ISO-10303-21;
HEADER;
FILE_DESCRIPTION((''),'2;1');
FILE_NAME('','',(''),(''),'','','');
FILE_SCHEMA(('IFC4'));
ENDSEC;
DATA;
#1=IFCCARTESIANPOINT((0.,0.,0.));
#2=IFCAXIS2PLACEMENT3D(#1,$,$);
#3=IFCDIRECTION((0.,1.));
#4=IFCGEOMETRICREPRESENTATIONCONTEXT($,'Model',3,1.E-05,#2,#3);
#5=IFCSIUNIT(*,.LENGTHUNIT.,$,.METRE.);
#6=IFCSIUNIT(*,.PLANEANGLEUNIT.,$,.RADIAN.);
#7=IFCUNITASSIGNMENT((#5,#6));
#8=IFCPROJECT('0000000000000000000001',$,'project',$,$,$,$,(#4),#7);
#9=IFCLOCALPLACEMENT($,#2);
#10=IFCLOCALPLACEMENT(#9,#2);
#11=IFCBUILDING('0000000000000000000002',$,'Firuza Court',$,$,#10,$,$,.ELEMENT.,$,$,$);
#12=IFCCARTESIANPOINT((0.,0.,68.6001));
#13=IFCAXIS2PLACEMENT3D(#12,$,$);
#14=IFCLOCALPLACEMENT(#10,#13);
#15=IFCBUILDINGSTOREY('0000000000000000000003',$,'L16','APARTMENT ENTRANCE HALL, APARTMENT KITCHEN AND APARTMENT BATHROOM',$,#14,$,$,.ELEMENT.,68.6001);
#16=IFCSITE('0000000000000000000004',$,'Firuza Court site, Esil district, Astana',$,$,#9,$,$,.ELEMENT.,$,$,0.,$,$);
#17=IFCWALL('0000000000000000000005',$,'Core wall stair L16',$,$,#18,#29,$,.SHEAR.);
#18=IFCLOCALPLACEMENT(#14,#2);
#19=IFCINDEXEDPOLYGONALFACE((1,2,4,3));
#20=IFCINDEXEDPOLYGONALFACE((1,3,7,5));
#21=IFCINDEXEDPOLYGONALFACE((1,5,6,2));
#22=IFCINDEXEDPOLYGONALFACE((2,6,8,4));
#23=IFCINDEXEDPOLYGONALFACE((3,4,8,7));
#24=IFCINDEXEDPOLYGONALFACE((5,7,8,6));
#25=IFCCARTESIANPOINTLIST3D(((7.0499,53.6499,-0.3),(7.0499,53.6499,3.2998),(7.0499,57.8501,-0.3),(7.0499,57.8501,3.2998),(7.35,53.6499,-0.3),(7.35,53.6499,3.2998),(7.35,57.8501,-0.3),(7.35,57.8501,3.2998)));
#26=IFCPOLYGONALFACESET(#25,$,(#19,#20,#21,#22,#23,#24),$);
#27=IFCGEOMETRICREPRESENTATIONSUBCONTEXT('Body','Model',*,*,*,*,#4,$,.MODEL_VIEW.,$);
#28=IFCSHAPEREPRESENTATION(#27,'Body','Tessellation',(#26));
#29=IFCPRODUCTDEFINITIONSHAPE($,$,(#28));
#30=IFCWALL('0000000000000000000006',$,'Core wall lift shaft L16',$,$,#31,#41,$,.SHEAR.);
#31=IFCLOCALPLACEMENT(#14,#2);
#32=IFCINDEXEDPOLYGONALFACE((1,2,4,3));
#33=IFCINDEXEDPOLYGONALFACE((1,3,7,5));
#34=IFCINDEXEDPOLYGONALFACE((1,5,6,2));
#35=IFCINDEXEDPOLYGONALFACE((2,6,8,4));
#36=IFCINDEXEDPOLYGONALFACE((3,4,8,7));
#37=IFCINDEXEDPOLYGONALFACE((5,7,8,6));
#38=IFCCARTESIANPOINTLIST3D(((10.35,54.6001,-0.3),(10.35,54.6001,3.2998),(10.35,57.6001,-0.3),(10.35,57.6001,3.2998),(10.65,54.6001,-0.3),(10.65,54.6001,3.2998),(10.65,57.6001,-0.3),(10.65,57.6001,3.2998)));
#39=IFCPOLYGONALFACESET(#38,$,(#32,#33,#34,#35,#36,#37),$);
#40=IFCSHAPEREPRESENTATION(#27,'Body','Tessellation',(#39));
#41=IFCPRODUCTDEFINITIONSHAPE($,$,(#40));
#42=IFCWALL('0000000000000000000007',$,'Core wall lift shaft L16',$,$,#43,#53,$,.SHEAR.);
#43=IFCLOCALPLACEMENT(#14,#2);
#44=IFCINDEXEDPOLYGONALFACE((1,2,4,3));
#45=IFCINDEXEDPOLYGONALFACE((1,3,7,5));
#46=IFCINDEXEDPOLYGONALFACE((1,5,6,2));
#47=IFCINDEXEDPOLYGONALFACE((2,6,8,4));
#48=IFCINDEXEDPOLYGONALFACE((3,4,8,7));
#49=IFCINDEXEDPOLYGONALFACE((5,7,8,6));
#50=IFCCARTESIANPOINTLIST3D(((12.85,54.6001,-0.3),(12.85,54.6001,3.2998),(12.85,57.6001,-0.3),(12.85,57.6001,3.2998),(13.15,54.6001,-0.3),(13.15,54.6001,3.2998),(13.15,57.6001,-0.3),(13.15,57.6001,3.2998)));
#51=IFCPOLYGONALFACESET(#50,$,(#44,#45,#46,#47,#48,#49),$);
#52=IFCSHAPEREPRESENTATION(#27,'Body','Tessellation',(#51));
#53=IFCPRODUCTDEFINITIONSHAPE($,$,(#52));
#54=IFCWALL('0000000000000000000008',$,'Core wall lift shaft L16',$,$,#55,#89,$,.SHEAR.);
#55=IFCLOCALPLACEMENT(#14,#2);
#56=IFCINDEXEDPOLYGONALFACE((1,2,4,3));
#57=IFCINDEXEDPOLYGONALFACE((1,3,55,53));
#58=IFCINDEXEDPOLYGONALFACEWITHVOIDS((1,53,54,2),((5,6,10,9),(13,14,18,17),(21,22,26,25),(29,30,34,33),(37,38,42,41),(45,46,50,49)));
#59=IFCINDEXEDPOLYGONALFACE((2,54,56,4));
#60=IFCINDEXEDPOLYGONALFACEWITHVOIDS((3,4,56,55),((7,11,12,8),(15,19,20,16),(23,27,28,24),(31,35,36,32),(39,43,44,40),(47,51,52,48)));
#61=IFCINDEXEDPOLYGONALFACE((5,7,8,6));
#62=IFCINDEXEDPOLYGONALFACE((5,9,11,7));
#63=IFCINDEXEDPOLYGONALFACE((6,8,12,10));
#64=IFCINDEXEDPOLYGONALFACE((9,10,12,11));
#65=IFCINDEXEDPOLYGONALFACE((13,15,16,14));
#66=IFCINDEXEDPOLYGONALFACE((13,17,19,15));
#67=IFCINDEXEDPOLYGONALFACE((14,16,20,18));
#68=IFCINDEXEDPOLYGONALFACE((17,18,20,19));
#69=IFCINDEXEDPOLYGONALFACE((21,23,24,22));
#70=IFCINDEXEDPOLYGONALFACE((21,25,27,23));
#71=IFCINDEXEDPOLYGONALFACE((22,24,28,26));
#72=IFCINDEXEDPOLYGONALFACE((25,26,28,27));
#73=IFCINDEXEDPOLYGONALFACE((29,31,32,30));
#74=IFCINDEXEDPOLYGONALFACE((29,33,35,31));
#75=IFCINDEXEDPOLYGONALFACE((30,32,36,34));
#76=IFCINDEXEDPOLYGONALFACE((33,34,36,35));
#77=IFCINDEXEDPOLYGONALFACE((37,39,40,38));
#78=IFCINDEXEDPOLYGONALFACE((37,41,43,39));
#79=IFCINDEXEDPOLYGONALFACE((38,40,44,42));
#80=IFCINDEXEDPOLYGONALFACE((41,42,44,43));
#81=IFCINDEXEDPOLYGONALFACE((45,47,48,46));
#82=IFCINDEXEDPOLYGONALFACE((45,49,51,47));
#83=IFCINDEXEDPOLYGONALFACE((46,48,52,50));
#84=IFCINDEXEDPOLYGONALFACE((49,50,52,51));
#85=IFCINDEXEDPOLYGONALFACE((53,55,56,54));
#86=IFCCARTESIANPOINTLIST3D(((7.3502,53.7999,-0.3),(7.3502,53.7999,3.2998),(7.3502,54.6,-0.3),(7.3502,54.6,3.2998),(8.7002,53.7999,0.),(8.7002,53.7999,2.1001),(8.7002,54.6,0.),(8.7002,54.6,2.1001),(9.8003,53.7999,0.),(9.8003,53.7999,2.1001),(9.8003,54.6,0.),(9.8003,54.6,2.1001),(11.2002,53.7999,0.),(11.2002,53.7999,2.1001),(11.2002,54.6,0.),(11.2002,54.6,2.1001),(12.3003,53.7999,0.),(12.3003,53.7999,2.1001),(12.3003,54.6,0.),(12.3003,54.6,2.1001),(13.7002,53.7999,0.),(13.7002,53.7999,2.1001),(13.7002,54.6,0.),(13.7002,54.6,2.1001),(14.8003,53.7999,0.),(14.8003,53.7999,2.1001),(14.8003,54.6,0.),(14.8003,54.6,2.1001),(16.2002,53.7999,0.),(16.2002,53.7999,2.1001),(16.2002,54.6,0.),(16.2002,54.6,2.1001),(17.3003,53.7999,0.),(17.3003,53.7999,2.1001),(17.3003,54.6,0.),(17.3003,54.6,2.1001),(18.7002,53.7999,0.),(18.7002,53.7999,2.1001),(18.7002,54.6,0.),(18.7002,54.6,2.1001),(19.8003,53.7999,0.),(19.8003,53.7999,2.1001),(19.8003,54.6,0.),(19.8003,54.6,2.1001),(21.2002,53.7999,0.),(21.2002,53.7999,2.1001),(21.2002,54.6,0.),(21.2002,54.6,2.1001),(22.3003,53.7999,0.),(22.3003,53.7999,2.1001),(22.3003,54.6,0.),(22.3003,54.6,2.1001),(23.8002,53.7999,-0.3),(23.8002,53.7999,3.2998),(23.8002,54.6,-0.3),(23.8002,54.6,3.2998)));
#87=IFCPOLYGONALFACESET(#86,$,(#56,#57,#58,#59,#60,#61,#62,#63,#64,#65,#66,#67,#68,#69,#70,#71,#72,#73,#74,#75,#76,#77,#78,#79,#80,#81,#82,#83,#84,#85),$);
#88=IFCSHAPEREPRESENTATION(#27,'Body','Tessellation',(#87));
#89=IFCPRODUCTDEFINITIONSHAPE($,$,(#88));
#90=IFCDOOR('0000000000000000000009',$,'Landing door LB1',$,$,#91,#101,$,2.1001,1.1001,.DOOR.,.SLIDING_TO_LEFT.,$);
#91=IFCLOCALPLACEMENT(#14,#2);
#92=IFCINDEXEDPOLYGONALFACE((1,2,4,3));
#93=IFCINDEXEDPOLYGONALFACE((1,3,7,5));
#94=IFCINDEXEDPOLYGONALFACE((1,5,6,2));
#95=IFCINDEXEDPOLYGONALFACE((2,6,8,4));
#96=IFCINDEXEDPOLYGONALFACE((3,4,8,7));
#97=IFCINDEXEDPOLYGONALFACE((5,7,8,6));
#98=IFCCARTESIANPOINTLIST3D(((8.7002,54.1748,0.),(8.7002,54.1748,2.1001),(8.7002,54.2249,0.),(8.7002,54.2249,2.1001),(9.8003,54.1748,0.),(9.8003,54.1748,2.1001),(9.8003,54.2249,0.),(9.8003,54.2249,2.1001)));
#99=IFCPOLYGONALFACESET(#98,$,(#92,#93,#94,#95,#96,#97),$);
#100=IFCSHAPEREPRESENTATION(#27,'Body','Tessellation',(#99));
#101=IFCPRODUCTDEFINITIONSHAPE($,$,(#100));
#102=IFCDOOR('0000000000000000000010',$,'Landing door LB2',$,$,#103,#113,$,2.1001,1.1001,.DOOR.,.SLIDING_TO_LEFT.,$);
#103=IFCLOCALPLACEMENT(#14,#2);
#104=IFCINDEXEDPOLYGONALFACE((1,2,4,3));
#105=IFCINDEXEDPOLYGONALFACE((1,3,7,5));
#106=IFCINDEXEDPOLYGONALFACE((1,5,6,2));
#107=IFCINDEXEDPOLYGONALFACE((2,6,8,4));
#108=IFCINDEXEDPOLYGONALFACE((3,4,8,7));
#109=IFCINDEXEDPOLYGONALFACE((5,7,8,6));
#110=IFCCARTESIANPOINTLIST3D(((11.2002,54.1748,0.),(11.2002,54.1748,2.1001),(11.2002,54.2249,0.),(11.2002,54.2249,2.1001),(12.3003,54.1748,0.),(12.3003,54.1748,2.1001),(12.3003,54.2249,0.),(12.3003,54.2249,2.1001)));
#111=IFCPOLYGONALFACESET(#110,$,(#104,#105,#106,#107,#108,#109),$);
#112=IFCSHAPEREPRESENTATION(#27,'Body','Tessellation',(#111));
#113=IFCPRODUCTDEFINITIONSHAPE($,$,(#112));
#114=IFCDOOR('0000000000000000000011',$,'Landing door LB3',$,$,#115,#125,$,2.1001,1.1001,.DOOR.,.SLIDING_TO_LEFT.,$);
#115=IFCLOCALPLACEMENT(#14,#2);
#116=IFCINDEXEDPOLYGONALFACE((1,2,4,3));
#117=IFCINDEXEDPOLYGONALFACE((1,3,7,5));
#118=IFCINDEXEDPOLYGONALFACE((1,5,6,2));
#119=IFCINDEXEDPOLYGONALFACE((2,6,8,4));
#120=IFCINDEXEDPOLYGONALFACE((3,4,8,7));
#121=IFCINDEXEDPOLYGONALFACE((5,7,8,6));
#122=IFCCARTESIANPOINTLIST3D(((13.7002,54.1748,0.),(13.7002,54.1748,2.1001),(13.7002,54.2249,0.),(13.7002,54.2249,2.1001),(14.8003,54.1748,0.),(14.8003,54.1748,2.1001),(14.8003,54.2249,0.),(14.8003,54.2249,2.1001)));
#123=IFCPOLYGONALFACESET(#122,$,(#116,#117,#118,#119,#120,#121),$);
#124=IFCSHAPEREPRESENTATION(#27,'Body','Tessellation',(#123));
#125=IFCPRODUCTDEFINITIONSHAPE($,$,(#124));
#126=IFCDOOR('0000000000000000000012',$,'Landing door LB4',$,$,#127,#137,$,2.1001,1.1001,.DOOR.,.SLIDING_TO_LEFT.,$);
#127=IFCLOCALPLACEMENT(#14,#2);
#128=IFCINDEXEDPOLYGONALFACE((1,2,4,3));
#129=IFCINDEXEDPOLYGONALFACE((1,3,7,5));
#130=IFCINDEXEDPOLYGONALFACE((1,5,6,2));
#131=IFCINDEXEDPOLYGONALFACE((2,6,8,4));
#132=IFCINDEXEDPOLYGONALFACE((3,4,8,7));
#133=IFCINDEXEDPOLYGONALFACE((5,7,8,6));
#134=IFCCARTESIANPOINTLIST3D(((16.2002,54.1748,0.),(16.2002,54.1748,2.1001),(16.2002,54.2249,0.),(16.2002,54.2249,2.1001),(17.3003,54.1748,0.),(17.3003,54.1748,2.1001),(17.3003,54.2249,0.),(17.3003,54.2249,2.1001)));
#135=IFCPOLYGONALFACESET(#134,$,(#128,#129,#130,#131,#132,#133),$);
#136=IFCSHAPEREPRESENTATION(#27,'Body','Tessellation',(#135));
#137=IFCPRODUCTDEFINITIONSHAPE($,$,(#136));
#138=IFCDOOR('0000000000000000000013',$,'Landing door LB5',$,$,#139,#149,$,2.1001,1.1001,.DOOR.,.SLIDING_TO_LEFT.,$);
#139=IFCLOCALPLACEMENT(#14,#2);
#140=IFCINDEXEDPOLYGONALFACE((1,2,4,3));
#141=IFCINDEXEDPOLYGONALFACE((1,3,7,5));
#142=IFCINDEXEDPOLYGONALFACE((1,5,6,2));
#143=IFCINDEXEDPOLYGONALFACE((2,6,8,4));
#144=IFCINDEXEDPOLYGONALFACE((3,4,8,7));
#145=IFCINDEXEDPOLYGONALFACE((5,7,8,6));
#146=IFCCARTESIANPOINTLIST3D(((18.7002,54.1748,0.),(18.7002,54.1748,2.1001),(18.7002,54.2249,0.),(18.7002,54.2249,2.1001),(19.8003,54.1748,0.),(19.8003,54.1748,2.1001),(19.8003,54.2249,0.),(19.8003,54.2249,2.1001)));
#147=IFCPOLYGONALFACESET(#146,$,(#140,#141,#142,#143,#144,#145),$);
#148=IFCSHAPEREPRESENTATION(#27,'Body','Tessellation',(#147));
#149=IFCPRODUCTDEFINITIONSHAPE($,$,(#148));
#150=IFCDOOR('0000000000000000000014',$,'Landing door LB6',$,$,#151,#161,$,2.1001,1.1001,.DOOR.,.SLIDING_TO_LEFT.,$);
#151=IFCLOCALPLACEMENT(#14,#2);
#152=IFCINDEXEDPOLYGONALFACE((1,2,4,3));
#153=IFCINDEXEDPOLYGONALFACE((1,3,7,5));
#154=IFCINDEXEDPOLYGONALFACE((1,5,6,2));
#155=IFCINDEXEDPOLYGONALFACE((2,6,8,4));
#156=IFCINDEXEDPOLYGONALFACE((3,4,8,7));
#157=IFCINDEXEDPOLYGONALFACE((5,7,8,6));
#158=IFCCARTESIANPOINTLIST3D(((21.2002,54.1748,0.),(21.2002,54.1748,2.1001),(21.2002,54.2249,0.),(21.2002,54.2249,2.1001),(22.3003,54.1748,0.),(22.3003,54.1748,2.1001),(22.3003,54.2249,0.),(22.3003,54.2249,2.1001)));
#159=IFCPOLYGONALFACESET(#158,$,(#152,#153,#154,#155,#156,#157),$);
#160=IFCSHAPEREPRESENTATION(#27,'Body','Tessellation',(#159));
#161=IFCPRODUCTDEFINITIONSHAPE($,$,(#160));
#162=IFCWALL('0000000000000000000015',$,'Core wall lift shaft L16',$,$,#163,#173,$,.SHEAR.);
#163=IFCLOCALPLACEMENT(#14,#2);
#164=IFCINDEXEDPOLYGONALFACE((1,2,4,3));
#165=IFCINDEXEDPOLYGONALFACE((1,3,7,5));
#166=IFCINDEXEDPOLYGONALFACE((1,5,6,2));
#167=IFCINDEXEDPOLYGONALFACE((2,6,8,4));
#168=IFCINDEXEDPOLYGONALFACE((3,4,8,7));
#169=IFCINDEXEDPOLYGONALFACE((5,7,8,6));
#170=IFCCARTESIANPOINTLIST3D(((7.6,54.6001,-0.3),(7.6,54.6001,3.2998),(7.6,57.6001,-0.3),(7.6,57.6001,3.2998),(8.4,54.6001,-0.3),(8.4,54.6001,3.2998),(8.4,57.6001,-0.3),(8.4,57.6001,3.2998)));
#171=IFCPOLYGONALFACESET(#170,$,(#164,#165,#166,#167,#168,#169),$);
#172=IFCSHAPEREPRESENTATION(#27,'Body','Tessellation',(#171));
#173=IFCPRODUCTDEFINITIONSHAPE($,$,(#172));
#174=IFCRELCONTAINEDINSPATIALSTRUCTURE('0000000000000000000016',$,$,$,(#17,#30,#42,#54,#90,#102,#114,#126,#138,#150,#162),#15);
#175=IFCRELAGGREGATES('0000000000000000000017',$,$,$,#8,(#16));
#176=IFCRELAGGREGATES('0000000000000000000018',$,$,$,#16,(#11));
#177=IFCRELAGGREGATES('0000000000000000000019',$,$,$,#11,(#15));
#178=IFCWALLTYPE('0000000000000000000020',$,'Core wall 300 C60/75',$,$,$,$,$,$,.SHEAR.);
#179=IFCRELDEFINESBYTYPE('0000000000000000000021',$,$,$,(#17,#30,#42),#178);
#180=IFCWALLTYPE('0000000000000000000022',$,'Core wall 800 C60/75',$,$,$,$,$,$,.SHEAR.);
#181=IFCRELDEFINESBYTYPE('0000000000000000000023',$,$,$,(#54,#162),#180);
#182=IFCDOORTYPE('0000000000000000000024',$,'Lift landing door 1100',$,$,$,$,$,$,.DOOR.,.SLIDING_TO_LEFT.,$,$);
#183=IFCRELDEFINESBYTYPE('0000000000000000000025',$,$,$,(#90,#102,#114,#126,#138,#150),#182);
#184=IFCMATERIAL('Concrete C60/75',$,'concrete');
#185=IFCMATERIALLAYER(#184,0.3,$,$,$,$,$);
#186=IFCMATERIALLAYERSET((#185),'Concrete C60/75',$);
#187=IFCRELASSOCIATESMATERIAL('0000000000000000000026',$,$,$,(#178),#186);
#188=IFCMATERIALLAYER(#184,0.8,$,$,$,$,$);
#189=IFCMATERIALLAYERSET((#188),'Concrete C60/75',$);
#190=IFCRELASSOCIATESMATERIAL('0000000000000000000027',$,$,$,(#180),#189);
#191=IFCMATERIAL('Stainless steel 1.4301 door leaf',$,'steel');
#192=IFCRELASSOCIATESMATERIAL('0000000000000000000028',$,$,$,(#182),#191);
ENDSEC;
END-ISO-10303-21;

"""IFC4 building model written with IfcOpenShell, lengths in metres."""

from ifc_helpers import new_model, si_unit, direction, frame, frame_2d, origin, place, context, subcontext, project, spatial, rectangle, extrude, material, layer, layer_set, type_object, element, fill, save


model = new_model("IFC4")

# Units and contexts
model_context = context("Model", 3, precision=1e-05, world=origin(), true_north=direction((0.0, 1.0)))
body_context = subcontext(model_context, "Body", "Model", "MODEL_VIEW")
ifc_project = project(units=[si_unit("LENGTHUNIT", "METRE"), si_unit("PLANEANGLEUNIT", "RADIAN")], contexts=[model_context])

# Site, building, storey
site_placement = place(None, origin())
site = spatial("IfcSite", under=ifc_project, at=site_placement, Name="Firuza Court site, Esil district, Astana", CompositionType="ELEMENT", RefElevation=0.0)
building_placement = place(site_placement, origin())
building = spatial("IfcBuilding", under=site, at=building_placement, Name="Firuza Court", CompositionType="ELEMENT")
storey_placement = place(building_placement, frame((0.0, 0.0, 68.6001)))
storey = spatial("IfcBuildingStorey", under=building, at=storey_placement, Name="L16", Description="APARTMENT ENTRANCE HALL, APARTMENT KITCHEN AND APARTMENT BATHROOM", CompositionType="ELEMENT", Elevation=68.6001)

# Walls
ifc_material_1 = material(Name="Concrete C60/75", Category="concrete")
ifc_layer_1 = layer(ifc_material_1, 0.3)
ifc_layer_set_1 = layer_set([ifc_layer_1], Name="Concrete C60/75")
wall_type_1 = type_object("IfcWallType", Name="Core wall 300 C60/75", PredefinedType="SHEAR", material=ifc_layer_set_1)
wall_1_placement = place(storey_placement, frame((7.2, 53.6499, -0.3), z_axis=(0.0, 0.0, 1.0), x_axis=(0.0, 1.0, 0.0)))
element("IfcWall", 1, at=wall_1_placement, inside=storey, type_object=wall_type_1, Name="Core wall stair L16", PredefinedType="SHEAR", context=body_context, shape_type="SweptSolid", body=[
    extrude(rectangle(XDim=4.2002, YDim=0.3, at=frame_2d((2.1001, 0.0))), origin(), (0.0, 0.0, 1.0), 3.5999),
])
for number, where, z_axis, x_axis, name in (
    (2, (10.5, 54.6001, -0.3), (0.0, 0.0, 1.0), (0.0, 1.0, 0.0), "Core wall lift shaft L16"),
    (3, (13.0, 54.6001, -0.3), (0.0, 0.0, 1.0), (0.0, 1.0, 0.0), "Core wall lift shaft L16"),
):
    element("IfcWall", number, at=place(storey_placement, frame(where, z_axis=z_axis, x_axis=x_axis)), inside=storey, type_object=wall_type_1, Name=name, PredefinedType="SHEAR", context=body_context, shape_type="SweptSolid", body=[
        extrude(rectangle(XDim=3.0, YDim=0.3, at=frame_2d((1.5, 0.0))), origin(), (0.0, 0.0, 1.0), 3.5999),
    ])

# Wall, openings, doors
ifc_layer_2 = layer(ifc_material_1, 0.8)
ifc_layer_set_2 = layer_set([ifc_layer_2], Name="Concrete C60/75")
wall_type_2 = type_object("IfcWallType", Name="Core wall 800 C60/75", PredefinedType="SHEAR", material=ifc_layer_set_2)
wall_2_placement = place(storey_placement, frame((7.3501, 54.2, -0.3), z_axis=(0.0, 0.0, 1.0), x_axis=(1.0, 0.0, 0.0)))
wall_2 = element("IfcWall", 4, at=wall_2_placement, inside=storey, type_object=wall_type_2, Name="Core wall lift shaft L16", PredefinedType="SHEAR", context=body_context, shape_type="SweptSolid", body=[
    extrude(rectangle(XDim=16.45, YDim=0.8, at=frame_2d((8.2251, 0.0))), origin(), (0.0, 0.0, 1.0), 3.5999),
])
opening_1_placement = place(wall_2_placement, frame((1.3501, 0.0, 0.3)))
opening_1 = element("IfcOpeningElement", 5, at=opening_1_placement, cuts=wall_2, PredefinedType="OPENING", context=body_context, shape_type="SweptSolid", body=[
    extrude(rectangle(XDim=1.1001, YDim=2.1001, at=frame_2d((0.55, 1.05))), frame((0.0, 0.4121, 0.0), z_axis=(0.0, -1.0, 0.0), x_axis=(1.0, 0.0, 0.0)), (0.0, 0.0, 1.0), 0.824),
])
opening_2_placement = place(wall_2_placement, frame((3.8501, 0.0, 0.3)))
opening_2 = element("IfcOpeningElement", 6, at=opening_2_placement, cuts=wall_2, PredefinedType="OPENING", context=body_context, shape_type="SweptSolid", body=[
    extrude(rectangle(XDim=1.1001, YDim=2.1001, at=frame_2d((0.55, 1.05))), frame((0.0, 0.4121, 0.0), z_axis=(0.0, -1.0, 0.0), x_axis=(1.0, 0.0, 0.0)), (0.0, 0.0, 1.0), 0.824),
])
opening_3_placement = place(wall_2_placement, frame((6.3501, 0.0, 0.3)))
opening_3 = element("IfcOpeningElement", 7, at=opening_3_placement, cuts=wall_2, PredefinedType="OPENING", context=body_context, shape_type="SweptSolid", body=[
    extrude(rectangle(XDim=1.1001, YDim=2.1001, at=frame_2d((0.55, 1.05))), frame((0.0, 0.4121, 0.0), z_axis=(0.0, -1.0, 0.0), x_axis=(1.0, 0.0, 0.0)), (0.0, 0.0, 1.0), 0.824),
])
opening_4_placement = place(wall_2_placement, frame((8.8501, 0.0, 0.3)))
opening_4 = element("IfcOpeningElement", 8, at=opening_4_placement, cuts=wall_2, PredefinedType="OPENING", context=body_context, shape_type="SweptSolid", body=[
    extrude(rectangle(XDim=1.1001, YDim=2.1001, at=frame_2d((0.55, 1.05))), frame((0.0, 0.4121, 0.0), z_axis=(0.0, -1.0, 0.0), x_axis=(1.0, 0.0, 0.0)), (0.0, 0.0, 1.0), 0.824),
])
opening_5_placement = place(wall_2_placement, frame((11.3501, 0.0, 0.3)))
opening_5 = element("IfcOpeningElement", 9, at=opening_5_placement, cuts=wall_2, PredefinedType="OPENING", context=body_context, shape_type="SweptSolid", body=[
    extrude(rectangle(XDim=1.1001, YDim=2.1001, at=frame_2d((0.55, 1.05))), frame((0.0, 0.4121, 0.0), z_axis=(0.0, -1.0, 0.0), x_axis=(1.0, 0.0, 0.0)), (0.0, 0.0, 1.0), 0.824),
])
opening_6_placement = place(wall_2_placement, frame((13.8501, 0.0, 0.3)))
opening_6 = element("IfcOpeningElement", 10, at=opening_6_placement, cuts=wall_2, PredefinedType="OPENING", context=body_context, shape_type="SweptSolid", body=[
    extrude(rectangle(XDim=1.1001, YDim=2.1001, at=frame_2d((0.55, 1.05))), frame((0.0, 0.4121, 0.0), z_axis=(0.0, -1.0, 0.0), x_axis=(1.0, 0.0, 0.0)), (0.0, 0.0, 1.0), 0.824),
])
ifc_material_2 = material(Name="Stainless steel 1.4301 door leaf", Category="steel")
door_type = type_object("IfcDoorType", Name="Lift landing door 1100", OperationType="SLIDING_TO_LEFT", PredefinedType="DOOR", material=ifc_material_2)
door_1_placement = place(opening_1_placement, origin())
door_1 = element("IfcDoor", 11, at=door_1_placement, inside=storey, type_object=door_type, Name="Landing door LB1", OperationType="SLIDING_TO_LEFT", OverallHeight=2.1001, OverallWidth=1.1001, PredefinedType="DOOR", context=body_context, shape_type="SweptSolid", body=[
    extrude(rectangle(XDim=1.1001, YDim=2.1001, at=frame_2d((0.55, 1.05))), frame((0.0, 0.0249, 0.0), z_axis=(0.0, -1.0, 0.0), x_axis=(1.0, 0.0, 0.0)), (0.0, 0.0, 1.0), 0.05),
])
fill(opening_1, door_1)
door_2_placement = place(opening_2_placement, origin())
door_2 = element("IfcDoor", 12, at=door_2_placement, inside=storey, type_object=door_type, Name="Landing door LB2", OperationType="SLIDING_TO_LEFT", OverallHeight=2.1001, OverallWidth=1.1001, PredefinedType="DOOR", context=body_context, shape_type="SweptSolid", body=[
    extrude(rectangle(XDim=1.1001, YDim=2.1001, at=frame_2d((0.55, 1.05))), frame((0.0, 0.0249, 0.0), z_axis=(0.0, -1.0, 0.0), x_axis=(1.0, 0.0, 0.0)), (0.0, 0.0, 1.0), 0.05),
])
fill(opening_2, door_2)
door_3_placement = place(opening_3_placement, origin())
door_3 = element("IfcDoor", 13, at=door_3_placement, inside=storey, type_object=door_type, Name="Landing door LB3", OperationType="SLIDING_TO_LEFT", OverallHeight=2.1001, OverallWidth=1.1001, PredefinedType="DOOR", context=body_context, shape_type="SweptSolid", body=[
    extrude(rectangle(XDim=1.1001, YDim=2.1001, at=frame_2d((0.55, 1.05))), frame((0.0, 0.0249, 0.0), z_axis=(0.0, -1.0, 0.0), x_axis=(1.0, 0.0, 0.0)), (0.0, 0.0, 1.0), 0.05),
])
fill(opening_3, door_3)
door_4_placement = place(opening_4_placement, origin())
door_4 = element("IfcDoor", 14, at=door_4_placement, inside=storey, type_object=door_type, Name="Landing door LB4", OperationType="SLIDING_TO_LEFT", OverallHeight=2.1001, OverallWidth=1.1001, PredefinedType="DOOR", context=body_context, shape_type="SweptSolid", body=[
    extrude(rectangle(XDim=1.1001, YDim=2.1001, at=frame_2d((0.55, 1.05))), frame((0.0, 0.0249, 0.0), z_axis=(0.0, -1.0, 0.0), x_axis=(1.0, 0.0, 0.0)), (0.0, 0.0, 1.0), 0.05),
])
fill(opening_4, door_4)
door_5_placement = place(opening_5_placement, origin())
door_5 = element("IfcDoor", 15, at=door_5_placement, inside=storey, type_object=door_type, Name="Landing door LB5", OperationType="SLIDING_TO_LEFT", OverallHeight=2.1001, OverallWidth=1.1001, PredefinedType="DOOR", context=body_context, shape_type="SweptSolid", body=[
    extrude(rectangle(XDim=1.1001, YDim=2.1001, at=frame_2d((0.55, 1.05))), frame((0.0, 0.0249, 0.0), z_axis=(0.0, -1.0, 0.0), x_axis=(1.0, 0.0, 0.0)), (0.0, 0.0, 1.0), 0.05),
])
fill(opening_5, door_5)
door_6_placement = place(opening_6_placement, origin())
door_6 = element("IfcDoor", 16, at=door_6_placement, inside=storey, type_object=door_type, Name="Landing door LB6", OperationType="SLIDING_TO_LEFT", OverallHeight=2.1001, OverallWidth=1.1001, PredefinedType="DOOR", context=body_context, shape_type="SweptSolid", body=[
    extrude(rectangle(XDim=1.1001, YDim=2.1001, at=frame_2d((0.55, 1.05))), frame((0.0, 0.0249, 0.0), z_axis=(0.0, -1.0, 0.0), x_axis=(1.0, 0.0, 0.0)), (0.0, 0.0, 1.0), 0.05),
])
fill(opening_6, door_6)

# Wall
wall_3_placement = place(storey_placement, frame((8.0, 54.6001, -0.3), z_axis=(0.0, 0.0, 1.0), x_axis=(0.0, 1.0, 0.0)))
element("IfcWall", 17, at=wall_3_placement, inside=storey, type_object=wall_type_2, Name="Core wall lift shaft L16", PredefinedType="SHEAR", context=body_context, shape_type="SweptSolid", body=[
    extrude(rectangle(XDim=3.0, YDim=0.8, at=frame_2d((1.5, 0.0))), origin(), (0.0, 0.0, 1.0), 3.5999),
])

save(model, "model.ifc")
